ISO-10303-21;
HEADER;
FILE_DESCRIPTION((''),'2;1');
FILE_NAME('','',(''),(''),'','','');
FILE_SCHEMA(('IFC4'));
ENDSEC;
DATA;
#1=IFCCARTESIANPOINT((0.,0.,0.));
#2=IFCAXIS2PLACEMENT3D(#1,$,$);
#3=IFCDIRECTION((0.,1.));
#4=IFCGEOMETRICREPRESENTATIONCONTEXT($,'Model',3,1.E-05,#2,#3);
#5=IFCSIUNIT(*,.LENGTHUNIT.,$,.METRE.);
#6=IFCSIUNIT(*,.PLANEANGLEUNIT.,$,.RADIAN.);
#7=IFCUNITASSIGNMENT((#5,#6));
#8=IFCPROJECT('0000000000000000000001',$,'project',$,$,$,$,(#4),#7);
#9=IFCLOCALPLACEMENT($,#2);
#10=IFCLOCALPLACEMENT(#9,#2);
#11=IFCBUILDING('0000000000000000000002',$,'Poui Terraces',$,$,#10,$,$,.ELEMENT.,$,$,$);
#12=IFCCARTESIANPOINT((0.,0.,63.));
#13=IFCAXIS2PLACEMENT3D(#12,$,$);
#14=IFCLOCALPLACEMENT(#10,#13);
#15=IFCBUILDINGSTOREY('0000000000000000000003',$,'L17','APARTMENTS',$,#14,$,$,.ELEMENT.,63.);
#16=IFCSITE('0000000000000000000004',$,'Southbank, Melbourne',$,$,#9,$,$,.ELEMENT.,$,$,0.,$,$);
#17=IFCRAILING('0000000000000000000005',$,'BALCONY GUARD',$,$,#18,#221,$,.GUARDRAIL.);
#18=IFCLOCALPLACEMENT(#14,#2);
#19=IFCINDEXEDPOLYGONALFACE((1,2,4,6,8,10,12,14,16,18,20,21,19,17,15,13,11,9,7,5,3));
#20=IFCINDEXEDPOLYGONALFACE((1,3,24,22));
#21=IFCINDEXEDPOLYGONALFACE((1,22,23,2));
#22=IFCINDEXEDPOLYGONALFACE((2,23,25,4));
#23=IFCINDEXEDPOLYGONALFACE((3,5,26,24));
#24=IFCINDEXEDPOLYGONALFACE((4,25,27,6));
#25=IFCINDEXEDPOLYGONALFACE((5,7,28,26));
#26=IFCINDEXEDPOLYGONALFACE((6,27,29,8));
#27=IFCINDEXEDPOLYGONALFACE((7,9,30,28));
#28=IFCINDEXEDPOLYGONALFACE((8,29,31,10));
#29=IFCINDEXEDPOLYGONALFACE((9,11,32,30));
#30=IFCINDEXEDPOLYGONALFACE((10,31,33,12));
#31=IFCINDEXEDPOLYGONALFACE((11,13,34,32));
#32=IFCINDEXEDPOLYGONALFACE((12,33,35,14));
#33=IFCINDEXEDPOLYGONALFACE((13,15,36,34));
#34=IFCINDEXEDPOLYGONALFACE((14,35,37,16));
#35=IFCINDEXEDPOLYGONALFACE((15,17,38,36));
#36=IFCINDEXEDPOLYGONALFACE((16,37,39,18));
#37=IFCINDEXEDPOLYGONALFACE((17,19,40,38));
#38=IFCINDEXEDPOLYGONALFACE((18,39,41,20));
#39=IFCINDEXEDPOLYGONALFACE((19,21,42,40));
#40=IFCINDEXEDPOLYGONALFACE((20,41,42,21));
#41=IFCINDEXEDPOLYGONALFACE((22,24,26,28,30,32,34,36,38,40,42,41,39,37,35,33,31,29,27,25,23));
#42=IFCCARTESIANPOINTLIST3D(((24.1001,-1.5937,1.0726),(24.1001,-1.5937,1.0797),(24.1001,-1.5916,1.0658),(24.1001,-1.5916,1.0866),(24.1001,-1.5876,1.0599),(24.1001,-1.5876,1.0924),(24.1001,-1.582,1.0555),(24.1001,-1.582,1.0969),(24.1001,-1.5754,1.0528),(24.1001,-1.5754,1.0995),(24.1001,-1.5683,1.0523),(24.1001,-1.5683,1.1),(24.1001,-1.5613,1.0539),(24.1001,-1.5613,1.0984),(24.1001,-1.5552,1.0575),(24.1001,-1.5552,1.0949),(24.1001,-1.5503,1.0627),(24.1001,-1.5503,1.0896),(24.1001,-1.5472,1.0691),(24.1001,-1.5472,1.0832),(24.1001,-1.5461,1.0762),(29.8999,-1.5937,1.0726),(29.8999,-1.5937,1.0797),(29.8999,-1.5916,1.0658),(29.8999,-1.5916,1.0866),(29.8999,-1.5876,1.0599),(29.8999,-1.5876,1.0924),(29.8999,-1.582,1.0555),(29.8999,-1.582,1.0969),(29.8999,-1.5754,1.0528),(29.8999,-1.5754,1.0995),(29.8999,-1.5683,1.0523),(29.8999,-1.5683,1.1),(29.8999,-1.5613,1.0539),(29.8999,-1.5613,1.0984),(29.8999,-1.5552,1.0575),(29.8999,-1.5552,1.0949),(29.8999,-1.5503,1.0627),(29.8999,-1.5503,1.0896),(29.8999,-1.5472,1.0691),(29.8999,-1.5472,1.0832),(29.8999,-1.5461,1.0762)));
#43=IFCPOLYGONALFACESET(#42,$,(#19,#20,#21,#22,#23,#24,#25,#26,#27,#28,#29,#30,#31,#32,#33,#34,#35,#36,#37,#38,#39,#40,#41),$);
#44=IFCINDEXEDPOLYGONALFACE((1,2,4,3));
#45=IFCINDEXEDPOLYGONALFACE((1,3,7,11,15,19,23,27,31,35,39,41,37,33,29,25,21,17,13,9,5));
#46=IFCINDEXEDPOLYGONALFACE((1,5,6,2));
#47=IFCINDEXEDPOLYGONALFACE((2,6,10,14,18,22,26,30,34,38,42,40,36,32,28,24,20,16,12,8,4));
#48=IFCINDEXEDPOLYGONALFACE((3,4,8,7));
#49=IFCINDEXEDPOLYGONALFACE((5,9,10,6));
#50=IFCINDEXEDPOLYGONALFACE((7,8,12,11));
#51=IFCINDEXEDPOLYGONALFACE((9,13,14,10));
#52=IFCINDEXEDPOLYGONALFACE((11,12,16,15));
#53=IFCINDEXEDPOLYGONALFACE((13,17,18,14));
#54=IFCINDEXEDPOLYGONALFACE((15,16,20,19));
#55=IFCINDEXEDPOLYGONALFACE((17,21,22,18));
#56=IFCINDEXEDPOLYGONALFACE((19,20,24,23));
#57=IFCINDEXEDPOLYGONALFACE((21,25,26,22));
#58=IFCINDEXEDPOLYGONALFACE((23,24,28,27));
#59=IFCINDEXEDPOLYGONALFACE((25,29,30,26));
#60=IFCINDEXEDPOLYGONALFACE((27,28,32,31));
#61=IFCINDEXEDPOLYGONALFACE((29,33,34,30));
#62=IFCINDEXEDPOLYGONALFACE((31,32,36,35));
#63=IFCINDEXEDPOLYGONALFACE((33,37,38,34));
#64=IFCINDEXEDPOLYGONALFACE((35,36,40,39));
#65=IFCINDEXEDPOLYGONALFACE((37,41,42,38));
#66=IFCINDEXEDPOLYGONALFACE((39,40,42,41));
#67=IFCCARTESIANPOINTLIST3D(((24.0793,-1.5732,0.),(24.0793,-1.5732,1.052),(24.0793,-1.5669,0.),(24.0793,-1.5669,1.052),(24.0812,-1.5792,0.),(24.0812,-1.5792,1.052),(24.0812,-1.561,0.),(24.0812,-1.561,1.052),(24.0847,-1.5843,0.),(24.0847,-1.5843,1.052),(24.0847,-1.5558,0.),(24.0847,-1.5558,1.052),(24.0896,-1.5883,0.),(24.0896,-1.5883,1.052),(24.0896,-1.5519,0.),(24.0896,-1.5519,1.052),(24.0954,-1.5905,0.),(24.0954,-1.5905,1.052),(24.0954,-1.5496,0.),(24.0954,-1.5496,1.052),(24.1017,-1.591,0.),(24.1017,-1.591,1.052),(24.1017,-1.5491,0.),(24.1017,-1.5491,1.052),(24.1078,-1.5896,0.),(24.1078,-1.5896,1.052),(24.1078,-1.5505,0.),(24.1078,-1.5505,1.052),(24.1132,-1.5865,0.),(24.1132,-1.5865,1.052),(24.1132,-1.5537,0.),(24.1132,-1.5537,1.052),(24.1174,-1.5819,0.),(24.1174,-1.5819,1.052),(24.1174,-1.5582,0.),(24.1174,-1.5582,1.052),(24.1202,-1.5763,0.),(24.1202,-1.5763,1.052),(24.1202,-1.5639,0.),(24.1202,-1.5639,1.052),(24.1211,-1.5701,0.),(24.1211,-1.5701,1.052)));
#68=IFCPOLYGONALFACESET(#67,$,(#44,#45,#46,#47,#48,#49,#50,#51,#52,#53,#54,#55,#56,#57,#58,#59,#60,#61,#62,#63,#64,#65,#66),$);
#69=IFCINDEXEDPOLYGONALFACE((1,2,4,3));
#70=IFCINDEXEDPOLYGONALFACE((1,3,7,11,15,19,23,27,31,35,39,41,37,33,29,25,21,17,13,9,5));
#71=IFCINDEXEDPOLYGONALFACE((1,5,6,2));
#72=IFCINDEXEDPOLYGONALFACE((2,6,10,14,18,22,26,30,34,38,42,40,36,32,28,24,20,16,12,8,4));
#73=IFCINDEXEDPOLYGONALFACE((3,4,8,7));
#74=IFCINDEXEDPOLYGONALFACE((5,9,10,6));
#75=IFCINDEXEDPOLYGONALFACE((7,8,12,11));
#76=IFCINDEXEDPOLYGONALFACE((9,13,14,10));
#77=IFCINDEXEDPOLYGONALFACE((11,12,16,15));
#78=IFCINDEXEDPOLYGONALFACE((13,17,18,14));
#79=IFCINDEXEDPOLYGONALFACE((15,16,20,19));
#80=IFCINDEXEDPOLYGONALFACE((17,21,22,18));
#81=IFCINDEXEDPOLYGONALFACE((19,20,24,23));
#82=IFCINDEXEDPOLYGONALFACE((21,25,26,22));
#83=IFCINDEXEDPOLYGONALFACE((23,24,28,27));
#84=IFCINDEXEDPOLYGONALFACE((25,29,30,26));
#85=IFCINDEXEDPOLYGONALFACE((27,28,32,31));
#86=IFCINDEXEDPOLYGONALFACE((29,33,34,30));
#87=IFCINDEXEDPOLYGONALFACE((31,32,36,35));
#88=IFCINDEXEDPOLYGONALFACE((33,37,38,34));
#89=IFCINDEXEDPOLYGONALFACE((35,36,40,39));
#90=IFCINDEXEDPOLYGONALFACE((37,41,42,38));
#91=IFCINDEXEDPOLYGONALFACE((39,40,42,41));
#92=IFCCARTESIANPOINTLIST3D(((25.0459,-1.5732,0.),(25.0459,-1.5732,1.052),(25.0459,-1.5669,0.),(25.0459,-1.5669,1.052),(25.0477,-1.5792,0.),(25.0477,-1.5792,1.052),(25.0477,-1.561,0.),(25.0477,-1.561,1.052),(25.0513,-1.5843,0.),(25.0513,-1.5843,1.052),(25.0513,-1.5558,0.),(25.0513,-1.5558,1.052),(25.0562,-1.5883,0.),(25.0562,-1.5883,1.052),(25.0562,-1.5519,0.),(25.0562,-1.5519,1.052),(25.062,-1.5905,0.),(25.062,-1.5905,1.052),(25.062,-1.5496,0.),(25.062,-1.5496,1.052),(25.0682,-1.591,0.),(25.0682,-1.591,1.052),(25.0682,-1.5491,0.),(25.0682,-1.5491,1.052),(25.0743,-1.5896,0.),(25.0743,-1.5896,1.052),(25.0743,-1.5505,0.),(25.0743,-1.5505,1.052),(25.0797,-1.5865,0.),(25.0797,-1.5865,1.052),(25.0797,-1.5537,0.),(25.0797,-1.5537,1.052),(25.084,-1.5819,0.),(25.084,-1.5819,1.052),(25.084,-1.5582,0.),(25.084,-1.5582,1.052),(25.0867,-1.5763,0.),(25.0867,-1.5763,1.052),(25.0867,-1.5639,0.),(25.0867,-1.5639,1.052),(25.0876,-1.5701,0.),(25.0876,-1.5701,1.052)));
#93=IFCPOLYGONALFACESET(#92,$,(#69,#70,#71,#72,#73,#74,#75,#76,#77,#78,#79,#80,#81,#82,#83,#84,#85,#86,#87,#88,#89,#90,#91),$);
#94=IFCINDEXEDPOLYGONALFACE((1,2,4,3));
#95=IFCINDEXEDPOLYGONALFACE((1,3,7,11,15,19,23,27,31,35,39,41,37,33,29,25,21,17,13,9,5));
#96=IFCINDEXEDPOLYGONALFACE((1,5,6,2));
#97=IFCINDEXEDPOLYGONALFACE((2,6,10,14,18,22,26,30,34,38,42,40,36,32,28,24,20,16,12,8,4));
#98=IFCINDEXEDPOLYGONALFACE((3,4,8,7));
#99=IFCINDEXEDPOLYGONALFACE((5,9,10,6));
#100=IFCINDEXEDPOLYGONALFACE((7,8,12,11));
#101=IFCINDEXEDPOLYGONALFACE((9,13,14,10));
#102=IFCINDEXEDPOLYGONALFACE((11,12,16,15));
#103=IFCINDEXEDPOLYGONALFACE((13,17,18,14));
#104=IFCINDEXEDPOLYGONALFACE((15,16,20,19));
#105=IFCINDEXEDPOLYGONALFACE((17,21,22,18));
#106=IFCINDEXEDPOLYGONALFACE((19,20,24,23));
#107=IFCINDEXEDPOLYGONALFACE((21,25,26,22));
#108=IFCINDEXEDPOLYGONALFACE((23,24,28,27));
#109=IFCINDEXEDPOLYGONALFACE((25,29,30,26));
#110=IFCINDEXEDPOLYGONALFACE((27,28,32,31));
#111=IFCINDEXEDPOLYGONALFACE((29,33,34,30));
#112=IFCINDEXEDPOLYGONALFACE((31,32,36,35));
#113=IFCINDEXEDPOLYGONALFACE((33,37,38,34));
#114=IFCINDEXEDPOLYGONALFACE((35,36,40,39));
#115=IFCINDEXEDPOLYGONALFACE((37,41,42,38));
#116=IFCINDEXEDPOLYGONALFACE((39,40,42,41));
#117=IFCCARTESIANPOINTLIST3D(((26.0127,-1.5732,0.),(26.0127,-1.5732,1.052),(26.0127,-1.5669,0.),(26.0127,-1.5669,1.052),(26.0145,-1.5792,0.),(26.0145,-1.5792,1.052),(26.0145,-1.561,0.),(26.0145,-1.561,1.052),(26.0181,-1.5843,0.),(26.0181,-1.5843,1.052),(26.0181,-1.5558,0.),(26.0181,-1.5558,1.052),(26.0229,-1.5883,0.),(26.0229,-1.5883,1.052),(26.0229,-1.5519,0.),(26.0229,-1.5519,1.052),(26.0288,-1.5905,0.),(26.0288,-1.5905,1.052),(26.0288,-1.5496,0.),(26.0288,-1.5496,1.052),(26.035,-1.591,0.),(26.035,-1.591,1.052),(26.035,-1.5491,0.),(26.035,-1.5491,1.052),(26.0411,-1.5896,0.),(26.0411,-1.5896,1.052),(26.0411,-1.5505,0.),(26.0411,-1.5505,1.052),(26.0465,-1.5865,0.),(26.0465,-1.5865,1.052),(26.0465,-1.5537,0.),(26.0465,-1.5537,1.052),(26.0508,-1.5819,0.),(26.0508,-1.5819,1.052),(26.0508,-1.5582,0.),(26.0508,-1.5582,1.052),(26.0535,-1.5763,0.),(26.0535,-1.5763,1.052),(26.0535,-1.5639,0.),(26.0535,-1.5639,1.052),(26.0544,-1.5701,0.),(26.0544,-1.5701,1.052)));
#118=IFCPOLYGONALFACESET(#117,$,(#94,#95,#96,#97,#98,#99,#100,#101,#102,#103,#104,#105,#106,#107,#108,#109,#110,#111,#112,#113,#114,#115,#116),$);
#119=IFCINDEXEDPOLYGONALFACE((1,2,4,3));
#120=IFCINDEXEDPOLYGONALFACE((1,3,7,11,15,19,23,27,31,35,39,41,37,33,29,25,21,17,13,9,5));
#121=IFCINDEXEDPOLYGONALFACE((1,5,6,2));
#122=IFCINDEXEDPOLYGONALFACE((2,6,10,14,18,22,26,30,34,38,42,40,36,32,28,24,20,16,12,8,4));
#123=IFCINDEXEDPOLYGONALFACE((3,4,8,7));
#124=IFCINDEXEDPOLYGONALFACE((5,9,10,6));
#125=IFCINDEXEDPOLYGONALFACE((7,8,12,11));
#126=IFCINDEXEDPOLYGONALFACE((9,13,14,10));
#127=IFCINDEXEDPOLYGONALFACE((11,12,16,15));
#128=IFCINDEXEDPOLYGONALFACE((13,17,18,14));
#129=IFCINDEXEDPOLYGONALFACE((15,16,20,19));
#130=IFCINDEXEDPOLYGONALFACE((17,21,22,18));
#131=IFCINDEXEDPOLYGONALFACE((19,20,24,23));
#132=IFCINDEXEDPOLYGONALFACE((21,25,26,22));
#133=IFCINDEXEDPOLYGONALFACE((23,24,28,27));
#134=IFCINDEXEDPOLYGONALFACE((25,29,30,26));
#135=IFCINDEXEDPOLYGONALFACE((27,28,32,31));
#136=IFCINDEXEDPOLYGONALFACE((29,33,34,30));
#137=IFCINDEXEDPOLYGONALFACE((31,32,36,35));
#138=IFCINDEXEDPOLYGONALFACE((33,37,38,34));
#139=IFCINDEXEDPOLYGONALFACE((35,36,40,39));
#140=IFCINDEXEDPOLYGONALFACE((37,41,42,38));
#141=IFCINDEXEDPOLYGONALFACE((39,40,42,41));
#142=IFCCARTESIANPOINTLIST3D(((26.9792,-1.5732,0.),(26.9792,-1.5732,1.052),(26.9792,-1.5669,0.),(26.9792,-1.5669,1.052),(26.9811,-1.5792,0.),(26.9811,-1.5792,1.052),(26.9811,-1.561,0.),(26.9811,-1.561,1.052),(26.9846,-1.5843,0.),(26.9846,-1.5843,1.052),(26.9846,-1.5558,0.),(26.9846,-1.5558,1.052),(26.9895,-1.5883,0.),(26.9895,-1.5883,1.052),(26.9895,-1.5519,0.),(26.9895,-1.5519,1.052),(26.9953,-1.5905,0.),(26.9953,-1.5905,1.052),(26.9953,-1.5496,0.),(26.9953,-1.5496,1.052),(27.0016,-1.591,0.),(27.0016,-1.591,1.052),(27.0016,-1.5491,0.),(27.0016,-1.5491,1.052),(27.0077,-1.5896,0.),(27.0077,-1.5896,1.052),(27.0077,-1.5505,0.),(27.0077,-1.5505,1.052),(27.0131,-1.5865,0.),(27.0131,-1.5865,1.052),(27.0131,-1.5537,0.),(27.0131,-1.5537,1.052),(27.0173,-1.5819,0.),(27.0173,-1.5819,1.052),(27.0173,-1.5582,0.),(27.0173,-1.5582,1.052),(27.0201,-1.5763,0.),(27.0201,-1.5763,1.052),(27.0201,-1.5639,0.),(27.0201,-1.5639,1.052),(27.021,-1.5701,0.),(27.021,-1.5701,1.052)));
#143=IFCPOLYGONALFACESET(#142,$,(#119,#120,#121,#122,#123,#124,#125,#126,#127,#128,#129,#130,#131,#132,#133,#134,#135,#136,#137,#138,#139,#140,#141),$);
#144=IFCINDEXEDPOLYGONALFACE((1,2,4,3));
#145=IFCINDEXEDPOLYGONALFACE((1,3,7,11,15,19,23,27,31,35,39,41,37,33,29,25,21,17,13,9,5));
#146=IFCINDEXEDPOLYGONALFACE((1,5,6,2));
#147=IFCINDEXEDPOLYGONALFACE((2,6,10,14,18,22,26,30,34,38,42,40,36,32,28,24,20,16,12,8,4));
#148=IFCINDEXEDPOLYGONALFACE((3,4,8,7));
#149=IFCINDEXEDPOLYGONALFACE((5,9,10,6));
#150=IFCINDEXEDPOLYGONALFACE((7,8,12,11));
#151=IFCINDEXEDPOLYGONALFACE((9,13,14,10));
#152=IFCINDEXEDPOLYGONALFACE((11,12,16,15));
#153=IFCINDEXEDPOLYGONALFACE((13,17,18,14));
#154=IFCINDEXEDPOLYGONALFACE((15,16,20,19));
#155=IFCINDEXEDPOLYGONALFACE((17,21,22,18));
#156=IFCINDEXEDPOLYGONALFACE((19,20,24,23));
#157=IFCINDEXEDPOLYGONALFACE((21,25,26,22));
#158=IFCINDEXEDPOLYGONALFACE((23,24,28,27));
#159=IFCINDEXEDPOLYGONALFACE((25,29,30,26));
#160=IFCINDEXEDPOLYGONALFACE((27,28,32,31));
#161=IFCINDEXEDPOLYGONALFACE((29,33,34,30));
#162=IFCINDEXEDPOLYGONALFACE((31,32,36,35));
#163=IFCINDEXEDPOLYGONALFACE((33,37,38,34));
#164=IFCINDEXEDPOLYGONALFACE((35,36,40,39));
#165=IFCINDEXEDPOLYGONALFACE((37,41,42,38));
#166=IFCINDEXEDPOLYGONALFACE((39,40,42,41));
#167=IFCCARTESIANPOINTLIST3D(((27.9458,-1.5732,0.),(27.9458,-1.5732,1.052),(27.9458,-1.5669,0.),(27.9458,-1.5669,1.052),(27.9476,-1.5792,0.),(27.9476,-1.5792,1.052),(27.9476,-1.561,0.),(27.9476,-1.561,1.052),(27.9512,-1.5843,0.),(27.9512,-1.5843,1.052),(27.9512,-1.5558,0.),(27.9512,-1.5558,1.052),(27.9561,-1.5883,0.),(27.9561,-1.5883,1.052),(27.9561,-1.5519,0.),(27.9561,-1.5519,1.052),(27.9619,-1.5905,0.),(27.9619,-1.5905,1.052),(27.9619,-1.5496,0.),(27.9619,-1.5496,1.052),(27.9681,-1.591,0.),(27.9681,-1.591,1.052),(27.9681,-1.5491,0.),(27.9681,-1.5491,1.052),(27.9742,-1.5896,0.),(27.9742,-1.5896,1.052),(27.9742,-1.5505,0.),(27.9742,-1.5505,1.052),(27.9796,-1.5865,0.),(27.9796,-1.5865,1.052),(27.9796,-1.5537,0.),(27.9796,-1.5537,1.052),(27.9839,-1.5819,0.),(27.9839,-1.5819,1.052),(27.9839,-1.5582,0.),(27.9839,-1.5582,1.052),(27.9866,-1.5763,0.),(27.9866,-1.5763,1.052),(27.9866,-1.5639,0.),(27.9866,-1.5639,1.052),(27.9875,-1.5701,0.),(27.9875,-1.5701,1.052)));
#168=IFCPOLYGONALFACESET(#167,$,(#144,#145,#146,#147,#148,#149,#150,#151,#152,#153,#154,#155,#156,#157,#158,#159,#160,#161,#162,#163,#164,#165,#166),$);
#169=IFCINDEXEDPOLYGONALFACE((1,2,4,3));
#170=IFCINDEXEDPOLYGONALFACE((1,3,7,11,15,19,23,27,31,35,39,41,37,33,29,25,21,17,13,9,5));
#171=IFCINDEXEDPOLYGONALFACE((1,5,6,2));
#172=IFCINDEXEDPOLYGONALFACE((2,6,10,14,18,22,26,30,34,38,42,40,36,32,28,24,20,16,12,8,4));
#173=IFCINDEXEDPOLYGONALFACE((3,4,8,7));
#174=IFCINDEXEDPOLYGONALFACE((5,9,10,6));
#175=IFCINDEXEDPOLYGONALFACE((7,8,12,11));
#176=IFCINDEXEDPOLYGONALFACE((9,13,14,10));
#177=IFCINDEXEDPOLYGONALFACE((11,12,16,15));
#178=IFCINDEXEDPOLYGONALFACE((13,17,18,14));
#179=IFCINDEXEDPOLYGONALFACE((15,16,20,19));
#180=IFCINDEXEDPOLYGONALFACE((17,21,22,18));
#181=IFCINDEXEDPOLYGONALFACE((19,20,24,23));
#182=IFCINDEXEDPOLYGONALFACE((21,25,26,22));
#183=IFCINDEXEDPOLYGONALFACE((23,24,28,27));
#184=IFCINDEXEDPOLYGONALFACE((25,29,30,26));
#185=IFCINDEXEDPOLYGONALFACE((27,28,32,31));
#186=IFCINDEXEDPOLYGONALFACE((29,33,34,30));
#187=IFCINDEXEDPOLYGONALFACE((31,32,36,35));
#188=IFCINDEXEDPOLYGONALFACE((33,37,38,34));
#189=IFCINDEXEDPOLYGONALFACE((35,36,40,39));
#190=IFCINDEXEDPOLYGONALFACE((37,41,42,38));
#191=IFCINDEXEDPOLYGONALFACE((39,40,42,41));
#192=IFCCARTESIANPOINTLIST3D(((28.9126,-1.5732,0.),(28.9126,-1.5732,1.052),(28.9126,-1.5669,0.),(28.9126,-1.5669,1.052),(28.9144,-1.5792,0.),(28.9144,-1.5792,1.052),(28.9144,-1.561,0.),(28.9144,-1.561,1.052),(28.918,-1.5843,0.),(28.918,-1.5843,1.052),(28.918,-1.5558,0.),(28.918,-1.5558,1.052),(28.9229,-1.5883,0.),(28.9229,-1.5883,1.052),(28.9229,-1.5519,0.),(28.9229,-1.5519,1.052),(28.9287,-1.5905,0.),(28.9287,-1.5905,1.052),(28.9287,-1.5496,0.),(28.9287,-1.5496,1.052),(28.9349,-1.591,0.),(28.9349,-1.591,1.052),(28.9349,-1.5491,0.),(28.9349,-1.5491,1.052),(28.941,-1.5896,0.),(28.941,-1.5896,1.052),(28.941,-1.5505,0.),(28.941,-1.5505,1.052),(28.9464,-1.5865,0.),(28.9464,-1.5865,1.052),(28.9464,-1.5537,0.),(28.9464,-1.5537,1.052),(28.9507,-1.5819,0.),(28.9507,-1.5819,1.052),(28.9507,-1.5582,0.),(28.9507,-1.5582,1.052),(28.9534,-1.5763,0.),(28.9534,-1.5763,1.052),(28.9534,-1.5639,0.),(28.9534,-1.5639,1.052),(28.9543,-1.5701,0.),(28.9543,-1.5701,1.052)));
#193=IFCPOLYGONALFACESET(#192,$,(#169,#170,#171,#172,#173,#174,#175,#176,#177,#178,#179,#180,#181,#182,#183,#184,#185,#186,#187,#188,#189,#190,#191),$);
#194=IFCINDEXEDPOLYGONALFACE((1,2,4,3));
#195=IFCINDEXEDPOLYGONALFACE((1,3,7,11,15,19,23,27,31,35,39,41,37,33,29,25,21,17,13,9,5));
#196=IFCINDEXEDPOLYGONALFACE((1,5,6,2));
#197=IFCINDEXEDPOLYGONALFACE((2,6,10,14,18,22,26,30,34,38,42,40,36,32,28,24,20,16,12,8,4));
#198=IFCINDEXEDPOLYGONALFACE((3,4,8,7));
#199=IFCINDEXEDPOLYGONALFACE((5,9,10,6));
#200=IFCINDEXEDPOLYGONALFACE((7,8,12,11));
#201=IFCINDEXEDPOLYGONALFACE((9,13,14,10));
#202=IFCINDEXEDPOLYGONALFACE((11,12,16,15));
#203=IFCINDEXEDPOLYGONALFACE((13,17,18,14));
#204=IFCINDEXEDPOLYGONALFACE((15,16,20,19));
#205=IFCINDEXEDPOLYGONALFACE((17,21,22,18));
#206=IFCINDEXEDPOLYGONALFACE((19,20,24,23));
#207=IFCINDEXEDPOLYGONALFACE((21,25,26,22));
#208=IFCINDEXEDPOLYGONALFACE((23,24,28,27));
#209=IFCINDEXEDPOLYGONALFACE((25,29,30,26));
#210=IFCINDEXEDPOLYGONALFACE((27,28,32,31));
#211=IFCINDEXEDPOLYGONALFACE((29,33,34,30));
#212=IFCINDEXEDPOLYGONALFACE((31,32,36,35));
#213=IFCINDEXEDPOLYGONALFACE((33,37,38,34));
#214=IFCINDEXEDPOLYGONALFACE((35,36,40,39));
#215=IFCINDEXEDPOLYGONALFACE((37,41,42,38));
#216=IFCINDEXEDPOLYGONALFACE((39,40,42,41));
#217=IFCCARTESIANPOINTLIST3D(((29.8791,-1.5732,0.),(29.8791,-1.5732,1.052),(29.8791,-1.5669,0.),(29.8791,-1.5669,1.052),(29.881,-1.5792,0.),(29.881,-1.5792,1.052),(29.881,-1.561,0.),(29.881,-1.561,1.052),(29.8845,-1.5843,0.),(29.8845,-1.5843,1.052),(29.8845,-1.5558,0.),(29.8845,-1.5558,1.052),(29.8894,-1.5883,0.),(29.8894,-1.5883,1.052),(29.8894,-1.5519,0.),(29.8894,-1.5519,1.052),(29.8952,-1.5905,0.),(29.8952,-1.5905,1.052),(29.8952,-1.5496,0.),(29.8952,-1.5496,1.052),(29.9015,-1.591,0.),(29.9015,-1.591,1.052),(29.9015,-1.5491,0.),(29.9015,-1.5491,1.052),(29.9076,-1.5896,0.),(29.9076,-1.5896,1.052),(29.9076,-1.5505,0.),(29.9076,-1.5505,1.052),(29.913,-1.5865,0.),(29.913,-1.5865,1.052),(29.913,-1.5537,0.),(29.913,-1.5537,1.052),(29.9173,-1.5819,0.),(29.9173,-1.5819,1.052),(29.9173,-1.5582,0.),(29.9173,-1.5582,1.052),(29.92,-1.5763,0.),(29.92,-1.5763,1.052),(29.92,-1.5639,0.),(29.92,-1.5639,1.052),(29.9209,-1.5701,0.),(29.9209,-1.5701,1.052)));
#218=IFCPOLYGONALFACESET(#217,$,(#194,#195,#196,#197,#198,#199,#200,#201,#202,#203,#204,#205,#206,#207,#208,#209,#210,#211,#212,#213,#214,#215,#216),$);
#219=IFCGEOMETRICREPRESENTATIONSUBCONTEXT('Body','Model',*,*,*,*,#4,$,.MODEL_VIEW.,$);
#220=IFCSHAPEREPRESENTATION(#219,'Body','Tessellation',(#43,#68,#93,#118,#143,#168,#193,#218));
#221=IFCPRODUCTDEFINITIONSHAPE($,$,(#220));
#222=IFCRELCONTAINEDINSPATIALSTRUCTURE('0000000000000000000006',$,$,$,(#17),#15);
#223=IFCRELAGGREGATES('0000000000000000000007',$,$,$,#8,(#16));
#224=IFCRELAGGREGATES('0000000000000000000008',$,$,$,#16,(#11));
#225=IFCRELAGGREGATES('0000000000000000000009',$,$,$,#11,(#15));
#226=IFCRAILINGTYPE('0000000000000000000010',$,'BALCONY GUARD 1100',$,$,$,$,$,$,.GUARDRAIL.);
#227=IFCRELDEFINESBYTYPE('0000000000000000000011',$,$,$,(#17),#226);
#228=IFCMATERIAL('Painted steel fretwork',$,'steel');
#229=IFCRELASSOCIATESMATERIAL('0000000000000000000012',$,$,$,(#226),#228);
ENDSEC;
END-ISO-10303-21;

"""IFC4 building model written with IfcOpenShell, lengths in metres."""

from ifc_helpers import new_model, si_unit, direction, frame, origin, origin_2d, place, context, subcontext, project, spatial, circle, extrude, material, type_object, element, save


model = new_model("IFC4")

# Units and contexts
model_context = context("Model", 3, precision=1e-05, world=origin(), true_north=direction((0.0, 1.0)))
body_context = subcontext(model_context, "Body", "Model", "MODEL_VIEW")
ifc_project = project(units=[si_unit("LENGTHUNIT", "METRE"), si_unit("PLANEANGLEUNIT", "RADIAN")], contexts=[model_context])

# Site, building, storey
site_placement = place(None, origin())
site = spatial("IfcSite", under=ifc_project, at=site_placement, Name="Southbank, Melbourne", CompositionType="ELEMENT", RefElevation=0.0)
building_placement = place(site_placement, origin())
building = spatial("IfcBuilding", under=site, at=building_placement, Name="Poui Terraces", CompositionType="ELEMENT")
storey_placement = place(building_placement, frame((0.0, 0.0, 63.0)))
storey = spatial("IfcBuildingStorey", under=building, at=storey_placement, Name="L17", Description="APARTMENTS", CompositionType="ELEMENT", Elevation=63.0)

# Railing
ifc_material_1 = material(Name="Painted steel fretwork", Category="steel")
railing_type = type_object("IfcRailingType", Name="BALCONY GUARD 1100", PredefinedType="GUARDRAIL", material=ifc_material_1)
railing_placement = place(storey_placement, frame((24.1001, -1.5701, 0.0)))
element("IfcRailing", 1, at=railing_placement, inside=storey, type_object=railing_type, Name="BALCONY GUARD", PredefinedType="GUARDRAIL", context=body_context, shape_type="SweptSolid", body=[
    extrude(circle(Radius=0.0239, at=origin_2d()), frame((0.0, 0.0, 1.0762), z_axis=(1.0, 0.0, 0.0), x_axis=(0.0, 1.0, 0.0)), (0.0, 0.0, 1.0), 5.7998),
    extrude(circle(Radius=0.021, at=origin_2d()), origin(), (0.0, 0.0, 1.0), 1.052),
    extrude(circle(Radius=0.021, at=origin_2d()), frame((0.9666, 0.0, 0.0)), (0.0, 0.0, 1.0), 1.052),
    extrude(circle(Radius=0.021, at=origin_2d()), frame((1.9333, 0.0, 0.0)), (0.0, 0.0, 1.0), 1.052),
    extrude(circle(Radius=0.021, at=origin_2d()), frame((2.8999, 0.0, 0.0)), (0.0, 0.0, 1.0), 1.052),
    extrude(circle(Radius=0.021, at=origin_2d()), frame((3.8665, 0.0, 0.0)), (0.0, 0.0, 1.0), 1.052),
    extrude(circle(Radius=0.021, at=origin_2d()), frame((4.8333, 0.0, 0.0)), (0.0, 0.0, 1.0), 1.052),
    extrude(circle(Radius=0.021, at=origin_2d()), frame((5.7998, 0.0, 0.0)), (0.0, 0.0, 1.0), 1.052),
])

save(model, "model.ifc")
